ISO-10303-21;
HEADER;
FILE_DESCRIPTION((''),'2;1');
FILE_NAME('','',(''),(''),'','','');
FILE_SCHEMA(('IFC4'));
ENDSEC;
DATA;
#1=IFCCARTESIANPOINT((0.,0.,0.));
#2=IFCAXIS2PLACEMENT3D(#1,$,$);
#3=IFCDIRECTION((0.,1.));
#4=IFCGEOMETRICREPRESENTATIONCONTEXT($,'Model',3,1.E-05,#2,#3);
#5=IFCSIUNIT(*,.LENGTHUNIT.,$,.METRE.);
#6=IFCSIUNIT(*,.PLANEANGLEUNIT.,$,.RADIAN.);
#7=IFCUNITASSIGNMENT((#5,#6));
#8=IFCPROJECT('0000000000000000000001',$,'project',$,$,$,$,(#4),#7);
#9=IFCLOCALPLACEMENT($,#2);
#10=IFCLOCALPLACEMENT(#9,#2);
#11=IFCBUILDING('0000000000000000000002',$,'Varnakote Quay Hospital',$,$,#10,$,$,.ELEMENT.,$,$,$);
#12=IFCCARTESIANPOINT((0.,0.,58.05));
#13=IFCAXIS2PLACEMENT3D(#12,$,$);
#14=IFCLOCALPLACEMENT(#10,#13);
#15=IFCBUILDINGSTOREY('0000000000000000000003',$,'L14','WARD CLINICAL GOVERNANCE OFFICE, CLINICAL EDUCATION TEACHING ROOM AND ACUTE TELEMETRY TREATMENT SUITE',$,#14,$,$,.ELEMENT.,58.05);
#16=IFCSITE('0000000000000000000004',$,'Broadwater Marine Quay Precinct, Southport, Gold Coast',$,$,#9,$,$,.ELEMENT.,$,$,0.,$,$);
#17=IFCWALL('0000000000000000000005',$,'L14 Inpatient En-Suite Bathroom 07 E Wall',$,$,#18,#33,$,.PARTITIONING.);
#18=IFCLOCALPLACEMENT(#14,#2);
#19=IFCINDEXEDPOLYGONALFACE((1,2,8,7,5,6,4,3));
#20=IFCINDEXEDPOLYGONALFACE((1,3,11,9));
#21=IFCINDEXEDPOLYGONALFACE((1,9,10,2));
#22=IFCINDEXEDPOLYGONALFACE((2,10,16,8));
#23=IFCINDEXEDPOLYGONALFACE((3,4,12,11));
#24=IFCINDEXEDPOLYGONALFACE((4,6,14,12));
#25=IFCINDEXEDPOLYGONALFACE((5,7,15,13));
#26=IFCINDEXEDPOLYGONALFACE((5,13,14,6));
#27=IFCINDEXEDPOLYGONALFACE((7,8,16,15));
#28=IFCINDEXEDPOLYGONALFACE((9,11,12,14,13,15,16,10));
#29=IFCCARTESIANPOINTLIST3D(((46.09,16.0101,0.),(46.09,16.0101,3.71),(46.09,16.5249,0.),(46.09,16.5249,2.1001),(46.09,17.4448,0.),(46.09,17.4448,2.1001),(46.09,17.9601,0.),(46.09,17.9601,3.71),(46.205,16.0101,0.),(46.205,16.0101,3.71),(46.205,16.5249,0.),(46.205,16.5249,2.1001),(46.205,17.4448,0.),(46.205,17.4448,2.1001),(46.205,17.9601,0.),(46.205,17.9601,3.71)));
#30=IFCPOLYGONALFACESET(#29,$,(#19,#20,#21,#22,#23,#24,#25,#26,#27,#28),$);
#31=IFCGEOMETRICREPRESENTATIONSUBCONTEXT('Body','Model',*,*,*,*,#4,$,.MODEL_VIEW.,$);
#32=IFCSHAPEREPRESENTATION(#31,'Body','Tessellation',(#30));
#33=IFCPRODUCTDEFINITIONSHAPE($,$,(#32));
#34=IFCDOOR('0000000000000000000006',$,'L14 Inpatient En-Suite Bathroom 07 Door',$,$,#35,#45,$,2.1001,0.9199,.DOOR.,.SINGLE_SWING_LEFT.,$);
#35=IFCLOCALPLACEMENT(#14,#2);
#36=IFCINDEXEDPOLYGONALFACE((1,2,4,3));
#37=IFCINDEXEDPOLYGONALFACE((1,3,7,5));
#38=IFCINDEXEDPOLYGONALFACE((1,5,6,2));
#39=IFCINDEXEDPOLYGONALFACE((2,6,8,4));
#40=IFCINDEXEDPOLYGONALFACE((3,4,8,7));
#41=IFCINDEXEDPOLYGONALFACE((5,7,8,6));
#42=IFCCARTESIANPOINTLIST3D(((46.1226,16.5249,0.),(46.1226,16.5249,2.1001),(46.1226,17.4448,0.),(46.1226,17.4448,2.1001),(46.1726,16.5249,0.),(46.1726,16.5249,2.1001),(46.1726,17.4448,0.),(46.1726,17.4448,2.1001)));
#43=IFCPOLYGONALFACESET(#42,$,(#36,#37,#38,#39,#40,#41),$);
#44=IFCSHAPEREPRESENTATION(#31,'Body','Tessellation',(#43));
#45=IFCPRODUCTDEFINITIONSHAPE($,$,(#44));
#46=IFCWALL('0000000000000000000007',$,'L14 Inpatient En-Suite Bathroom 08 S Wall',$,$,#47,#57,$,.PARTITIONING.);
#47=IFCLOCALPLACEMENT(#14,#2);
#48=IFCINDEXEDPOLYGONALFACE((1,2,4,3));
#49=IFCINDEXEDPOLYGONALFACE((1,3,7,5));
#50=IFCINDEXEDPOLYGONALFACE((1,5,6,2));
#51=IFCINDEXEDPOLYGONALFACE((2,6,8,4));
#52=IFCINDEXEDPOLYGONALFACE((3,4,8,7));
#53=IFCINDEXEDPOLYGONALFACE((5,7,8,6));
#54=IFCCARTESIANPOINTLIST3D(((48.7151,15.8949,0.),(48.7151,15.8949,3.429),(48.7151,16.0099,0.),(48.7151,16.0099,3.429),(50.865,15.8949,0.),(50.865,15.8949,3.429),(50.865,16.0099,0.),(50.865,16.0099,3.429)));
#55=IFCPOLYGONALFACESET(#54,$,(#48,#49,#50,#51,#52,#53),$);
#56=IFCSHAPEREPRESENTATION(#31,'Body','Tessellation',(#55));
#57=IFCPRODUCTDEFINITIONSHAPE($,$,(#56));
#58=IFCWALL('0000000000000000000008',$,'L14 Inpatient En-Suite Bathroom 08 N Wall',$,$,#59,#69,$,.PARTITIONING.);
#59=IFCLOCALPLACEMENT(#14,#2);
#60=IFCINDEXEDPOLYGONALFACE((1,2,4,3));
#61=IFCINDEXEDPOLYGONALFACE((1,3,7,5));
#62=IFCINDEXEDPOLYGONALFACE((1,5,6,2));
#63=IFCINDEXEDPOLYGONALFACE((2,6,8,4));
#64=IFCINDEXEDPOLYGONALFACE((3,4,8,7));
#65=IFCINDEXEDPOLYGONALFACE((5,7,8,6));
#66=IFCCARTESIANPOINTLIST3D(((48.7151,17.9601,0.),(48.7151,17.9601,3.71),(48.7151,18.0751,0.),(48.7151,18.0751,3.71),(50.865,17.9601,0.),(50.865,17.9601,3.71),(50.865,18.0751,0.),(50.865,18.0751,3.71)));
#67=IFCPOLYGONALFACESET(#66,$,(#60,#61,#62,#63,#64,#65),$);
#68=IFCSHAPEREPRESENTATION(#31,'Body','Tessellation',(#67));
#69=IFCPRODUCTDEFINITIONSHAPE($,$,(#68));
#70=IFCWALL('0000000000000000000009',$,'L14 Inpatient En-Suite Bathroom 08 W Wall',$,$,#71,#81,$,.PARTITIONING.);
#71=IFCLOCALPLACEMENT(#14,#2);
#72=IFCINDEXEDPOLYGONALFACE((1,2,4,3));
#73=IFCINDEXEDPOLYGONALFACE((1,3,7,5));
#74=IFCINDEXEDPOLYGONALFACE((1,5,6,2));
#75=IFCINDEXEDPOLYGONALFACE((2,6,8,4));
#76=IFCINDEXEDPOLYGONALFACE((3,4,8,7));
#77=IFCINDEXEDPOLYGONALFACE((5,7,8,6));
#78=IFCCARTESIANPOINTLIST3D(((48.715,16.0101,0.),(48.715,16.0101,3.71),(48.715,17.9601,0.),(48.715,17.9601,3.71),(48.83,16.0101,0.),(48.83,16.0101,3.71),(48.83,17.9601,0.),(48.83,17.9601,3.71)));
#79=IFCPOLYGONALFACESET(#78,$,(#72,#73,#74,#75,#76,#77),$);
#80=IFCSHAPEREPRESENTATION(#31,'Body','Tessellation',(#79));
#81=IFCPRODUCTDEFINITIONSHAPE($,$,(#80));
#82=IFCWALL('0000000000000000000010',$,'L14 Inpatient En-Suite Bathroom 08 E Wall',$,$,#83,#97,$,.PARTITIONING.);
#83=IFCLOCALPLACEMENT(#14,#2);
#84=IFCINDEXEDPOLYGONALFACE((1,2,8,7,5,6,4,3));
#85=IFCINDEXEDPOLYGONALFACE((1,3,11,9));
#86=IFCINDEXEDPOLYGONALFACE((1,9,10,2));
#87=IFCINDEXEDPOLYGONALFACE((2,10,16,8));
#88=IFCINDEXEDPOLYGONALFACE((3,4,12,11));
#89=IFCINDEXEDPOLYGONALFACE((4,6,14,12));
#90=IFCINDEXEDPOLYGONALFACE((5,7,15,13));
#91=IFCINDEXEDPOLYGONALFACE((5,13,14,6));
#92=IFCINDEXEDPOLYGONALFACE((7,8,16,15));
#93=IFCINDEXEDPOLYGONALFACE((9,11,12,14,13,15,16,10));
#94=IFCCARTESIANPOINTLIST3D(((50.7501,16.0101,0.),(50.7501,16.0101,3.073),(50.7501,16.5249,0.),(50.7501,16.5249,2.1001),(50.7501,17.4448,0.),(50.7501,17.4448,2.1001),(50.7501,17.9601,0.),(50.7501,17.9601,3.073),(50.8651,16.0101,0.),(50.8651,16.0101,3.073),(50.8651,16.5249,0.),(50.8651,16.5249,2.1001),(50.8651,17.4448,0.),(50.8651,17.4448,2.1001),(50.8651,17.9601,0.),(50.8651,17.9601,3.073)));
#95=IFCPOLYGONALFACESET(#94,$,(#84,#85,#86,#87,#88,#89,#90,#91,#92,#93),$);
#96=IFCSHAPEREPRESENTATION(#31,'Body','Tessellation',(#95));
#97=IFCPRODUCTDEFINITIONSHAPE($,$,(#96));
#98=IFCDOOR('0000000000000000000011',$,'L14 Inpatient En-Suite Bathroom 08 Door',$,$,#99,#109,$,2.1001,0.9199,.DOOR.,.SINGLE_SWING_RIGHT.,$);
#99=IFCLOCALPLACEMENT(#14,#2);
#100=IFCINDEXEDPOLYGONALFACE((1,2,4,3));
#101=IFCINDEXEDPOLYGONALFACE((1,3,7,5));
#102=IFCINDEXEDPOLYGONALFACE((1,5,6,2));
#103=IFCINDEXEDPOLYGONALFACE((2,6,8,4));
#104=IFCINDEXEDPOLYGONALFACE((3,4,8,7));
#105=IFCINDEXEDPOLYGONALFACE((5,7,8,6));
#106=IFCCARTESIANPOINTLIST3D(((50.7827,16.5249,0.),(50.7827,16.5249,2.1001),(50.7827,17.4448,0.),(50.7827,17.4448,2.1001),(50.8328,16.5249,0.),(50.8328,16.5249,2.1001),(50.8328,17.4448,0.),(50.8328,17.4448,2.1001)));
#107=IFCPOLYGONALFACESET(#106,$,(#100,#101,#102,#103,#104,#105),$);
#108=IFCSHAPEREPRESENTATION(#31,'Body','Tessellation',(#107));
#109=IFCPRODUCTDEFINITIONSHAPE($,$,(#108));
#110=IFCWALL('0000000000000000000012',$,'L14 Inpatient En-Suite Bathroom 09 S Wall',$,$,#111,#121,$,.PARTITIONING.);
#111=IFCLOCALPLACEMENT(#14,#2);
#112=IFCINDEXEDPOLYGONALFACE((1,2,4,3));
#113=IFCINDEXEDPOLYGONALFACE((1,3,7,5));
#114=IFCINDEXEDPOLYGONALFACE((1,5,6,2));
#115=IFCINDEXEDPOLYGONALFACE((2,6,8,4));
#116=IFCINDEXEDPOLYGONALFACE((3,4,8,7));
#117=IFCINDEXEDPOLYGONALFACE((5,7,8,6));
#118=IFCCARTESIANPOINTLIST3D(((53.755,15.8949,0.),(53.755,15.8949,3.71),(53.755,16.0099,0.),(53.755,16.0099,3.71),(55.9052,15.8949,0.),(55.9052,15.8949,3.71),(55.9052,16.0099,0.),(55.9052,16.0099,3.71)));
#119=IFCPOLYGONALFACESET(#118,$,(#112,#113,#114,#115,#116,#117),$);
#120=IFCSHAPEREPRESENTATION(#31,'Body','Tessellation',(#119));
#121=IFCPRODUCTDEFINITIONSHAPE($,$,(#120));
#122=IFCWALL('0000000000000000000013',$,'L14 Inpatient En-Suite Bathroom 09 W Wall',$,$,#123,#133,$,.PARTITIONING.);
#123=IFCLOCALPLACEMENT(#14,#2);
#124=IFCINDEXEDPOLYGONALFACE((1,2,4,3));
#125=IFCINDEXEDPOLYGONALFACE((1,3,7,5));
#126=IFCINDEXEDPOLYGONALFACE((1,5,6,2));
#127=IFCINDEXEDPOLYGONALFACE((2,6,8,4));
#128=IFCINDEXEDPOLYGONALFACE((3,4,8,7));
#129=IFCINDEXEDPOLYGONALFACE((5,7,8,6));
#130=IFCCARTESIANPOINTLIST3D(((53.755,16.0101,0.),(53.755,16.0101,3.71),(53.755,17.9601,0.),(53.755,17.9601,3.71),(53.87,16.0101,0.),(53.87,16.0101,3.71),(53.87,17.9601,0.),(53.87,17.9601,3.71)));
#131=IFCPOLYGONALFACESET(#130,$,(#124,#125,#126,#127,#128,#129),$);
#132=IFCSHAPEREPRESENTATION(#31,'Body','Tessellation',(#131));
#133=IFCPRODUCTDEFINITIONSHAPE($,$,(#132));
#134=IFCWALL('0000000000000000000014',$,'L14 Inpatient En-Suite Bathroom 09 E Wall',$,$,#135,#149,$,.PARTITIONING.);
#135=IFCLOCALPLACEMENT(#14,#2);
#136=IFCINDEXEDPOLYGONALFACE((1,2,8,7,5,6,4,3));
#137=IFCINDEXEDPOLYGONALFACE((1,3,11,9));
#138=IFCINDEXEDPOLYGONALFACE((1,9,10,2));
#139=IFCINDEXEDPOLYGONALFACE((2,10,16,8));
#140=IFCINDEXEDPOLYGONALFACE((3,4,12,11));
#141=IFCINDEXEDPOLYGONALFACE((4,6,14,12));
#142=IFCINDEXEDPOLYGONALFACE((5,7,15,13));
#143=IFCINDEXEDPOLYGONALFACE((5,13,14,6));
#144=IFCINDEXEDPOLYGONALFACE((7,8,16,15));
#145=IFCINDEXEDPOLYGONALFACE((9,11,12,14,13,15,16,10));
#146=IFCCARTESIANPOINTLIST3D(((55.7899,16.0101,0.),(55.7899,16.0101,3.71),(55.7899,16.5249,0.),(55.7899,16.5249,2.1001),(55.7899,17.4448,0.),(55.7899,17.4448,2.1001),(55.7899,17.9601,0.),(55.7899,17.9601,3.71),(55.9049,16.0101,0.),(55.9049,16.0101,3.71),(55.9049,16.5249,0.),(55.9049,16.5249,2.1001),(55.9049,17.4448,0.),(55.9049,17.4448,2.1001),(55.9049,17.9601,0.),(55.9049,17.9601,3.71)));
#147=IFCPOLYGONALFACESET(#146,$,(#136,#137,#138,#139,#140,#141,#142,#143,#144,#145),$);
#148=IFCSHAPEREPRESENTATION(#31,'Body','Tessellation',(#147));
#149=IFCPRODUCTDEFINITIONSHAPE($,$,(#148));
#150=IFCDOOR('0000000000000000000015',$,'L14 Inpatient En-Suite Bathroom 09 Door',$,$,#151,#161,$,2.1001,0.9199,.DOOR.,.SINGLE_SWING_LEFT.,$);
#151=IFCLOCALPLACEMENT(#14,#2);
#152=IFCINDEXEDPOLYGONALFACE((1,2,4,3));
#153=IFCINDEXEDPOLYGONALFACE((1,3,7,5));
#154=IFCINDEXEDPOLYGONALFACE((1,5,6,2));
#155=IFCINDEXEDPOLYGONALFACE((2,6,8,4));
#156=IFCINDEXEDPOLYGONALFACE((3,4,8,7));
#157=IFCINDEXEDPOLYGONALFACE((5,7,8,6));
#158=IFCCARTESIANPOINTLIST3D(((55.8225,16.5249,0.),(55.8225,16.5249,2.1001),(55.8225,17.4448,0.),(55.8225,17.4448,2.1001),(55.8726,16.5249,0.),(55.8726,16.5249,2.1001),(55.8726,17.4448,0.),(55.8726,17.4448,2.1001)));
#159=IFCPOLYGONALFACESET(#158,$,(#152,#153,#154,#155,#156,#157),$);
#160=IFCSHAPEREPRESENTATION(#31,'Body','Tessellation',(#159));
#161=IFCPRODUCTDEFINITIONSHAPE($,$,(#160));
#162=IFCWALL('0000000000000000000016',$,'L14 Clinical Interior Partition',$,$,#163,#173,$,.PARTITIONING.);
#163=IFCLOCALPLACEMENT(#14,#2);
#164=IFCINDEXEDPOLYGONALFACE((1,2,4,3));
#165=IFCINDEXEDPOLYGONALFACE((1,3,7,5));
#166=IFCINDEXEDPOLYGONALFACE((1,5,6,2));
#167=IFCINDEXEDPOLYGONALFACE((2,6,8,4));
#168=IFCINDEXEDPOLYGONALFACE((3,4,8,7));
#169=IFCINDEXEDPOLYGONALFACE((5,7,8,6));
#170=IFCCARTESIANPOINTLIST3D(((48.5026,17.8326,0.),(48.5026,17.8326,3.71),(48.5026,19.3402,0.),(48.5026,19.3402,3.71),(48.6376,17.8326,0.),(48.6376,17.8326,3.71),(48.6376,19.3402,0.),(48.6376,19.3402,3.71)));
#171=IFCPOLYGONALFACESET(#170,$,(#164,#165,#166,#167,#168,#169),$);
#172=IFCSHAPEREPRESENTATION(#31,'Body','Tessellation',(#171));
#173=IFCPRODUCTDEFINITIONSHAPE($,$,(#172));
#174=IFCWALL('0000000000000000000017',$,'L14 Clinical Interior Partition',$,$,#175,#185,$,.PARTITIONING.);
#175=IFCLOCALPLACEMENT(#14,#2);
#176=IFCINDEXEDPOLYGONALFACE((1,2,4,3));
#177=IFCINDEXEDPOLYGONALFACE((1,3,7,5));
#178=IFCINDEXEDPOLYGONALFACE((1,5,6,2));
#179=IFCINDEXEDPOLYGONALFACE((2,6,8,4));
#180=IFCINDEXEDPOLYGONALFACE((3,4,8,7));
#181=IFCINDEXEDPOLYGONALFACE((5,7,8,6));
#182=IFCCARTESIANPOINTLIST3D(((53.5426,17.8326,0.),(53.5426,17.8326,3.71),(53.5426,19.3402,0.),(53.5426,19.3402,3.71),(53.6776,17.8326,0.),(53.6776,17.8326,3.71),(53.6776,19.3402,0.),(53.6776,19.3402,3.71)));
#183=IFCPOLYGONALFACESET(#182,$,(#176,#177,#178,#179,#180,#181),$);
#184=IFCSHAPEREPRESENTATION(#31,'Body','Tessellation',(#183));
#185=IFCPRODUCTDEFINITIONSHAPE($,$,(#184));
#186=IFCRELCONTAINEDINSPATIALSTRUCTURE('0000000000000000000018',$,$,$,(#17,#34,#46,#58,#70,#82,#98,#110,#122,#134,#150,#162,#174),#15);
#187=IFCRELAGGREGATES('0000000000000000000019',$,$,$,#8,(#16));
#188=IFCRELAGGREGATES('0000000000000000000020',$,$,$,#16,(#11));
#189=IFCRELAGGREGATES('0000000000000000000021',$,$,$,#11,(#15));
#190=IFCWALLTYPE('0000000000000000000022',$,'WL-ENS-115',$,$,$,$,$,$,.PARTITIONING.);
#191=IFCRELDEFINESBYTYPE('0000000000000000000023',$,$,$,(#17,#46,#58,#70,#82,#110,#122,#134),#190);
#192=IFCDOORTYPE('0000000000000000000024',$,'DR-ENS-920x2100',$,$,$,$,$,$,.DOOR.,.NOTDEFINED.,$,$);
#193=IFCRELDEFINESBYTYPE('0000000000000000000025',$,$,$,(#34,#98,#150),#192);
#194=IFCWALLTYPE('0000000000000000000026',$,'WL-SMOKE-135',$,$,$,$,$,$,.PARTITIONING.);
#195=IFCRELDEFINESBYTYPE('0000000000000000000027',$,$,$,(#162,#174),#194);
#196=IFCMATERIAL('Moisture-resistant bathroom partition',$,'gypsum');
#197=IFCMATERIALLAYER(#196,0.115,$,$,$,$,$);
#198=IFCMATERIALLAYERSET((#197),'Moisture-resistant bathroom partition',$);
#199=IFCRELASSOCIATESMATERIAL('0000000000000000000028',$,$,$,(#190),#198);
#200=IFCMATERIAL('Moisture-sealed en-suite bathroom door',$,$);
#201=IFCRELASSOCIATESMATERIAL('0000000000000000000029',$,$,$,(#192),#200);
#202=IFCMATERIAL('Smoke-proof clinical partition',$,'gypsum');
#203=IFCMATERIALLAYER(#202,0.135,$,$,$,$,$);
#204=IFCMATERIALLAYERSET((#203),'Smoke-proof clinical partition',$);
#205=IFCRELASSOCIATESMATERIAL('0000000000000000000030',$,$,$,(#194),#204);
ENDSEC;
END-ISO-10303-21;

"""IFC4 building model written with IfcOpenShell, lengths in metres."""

from ifc_helpers import new_model, si_unit, direction, frame, frame_2d, origin, place, context, subcontext, project, spatial, rectangle, extrude, material, layer, layer_set, type_object, element, fill, save


model = new_model("IFC4")

# Units and contexts
model_context = context("Model", 3, precision=1e-05, world=origin(), true_north=direction((0.0, 1.0)))
body_context = subcontext(model_context, "Body", "Model", "MODEL_VIEW")
ifc_project = project(units=[si_unit("LENGTHUNIT", "METRE"), si_unit("PLANEANGLEUNIT", "RADIAN")], contexts=[model_context])

# Site, building, storey
site_placement = place(None, origin())
site = spatial("IfcSite", under=ifc_project, at=site_placement, Name="Broadwater Marine Quay Precinct, Southport, Gold Coast", CompositionType="ELEMENT", RefElevation=0.0)
building_placement = place(site_placement, origin())
building = spatial("IfcBuilding", under=site, at=building_placement, Name="Varnakote Quay Hospital", CompositionType="ELEMENT")
storey_placement = place(building_placement, frame((0.0, 0.0, 58.05)))
storey = spatial("IfcBuildingStorey", under=building, at=storey_placement, Name="L14", Description="WARD CLINICAL GOVERNANCE OFFICE, CLINICAL EDUCATION TEACHING ROOM AND ACUTE TELEMETRY TREATMENT SUITE", CompositionType="ELEMENT", Elevation=58.05)

# Wall, opening, door
ifc_material_1 = material(Name="Moisture-resistant bathroom partition", Category="gypsum")
ifc_layer_1 = layer(ifc_material_1, 0.115)
ifc_layer_set_1 = layer_set([ifc_layer_1], Name="Moisture-resistant bathroom partition")
wall_type_1 = type_object("IfcWallType", Name="WL-ENS-115", PredefinedType="PARTITIONING", material=ifc_layer_set_1)
wall_1_placement = place(storey_placement, frame((46.1475, 16.01, 0.0), z_axis=(0.0, 0.0, 1.0), x_axis=(0.0, 1.0, 0.0)))
wall_1 = element("IfcWall", 1, at=wall_1_placement, inside=storey, type_object=wall_type_1, Name="L14 Inpatient En-Suite Bathroom 07 E Wall", PredefinedType="PARTITIONING", context=body_context, shape_type="SweptSolid", body=[
    extrude(rectangle(XDim=1.95, YDim=0.115, at=frame_2d((0.9751, 0.0))), origin(), (0.0, 0.0, 1.0), 3.71),
])
opening_1_placement = place(wall_1_placement, frame((0.5149, 0.0, 0.0)))
opening_1 = element("IfcOpeningElement", 2, at=opening_1_placement, cuts=wall_1, PredefinedType="OPENING", context=body_context, shape_type="SweptSolid", body=[
    extrude(rectangle(XDim=0.9199, YDim=2.1001, at=frame_2d((0.46, 1.05))), frame((0.0, 0.0674, 0.0), z_axis=(0.0, -1.0, 0.0), x_axis=(1.0, 0.0, 0.0)), (0.0, 0.0, 1.0), 0.135),
])
ifc_material_2 = material(Name="Moisture-sealed en-suite bathroom door")
door_type_1 = type_object("IfcDoorType", Name="DR-ENS-920x2100", OperationType="NOTDEFINED", PredefinedType="DOOR", material=ifc_material_2)
door_1_placement = place(opening_1_placement, origin())
door_1 = element("IfcDoor", 3, at=door_1_placement, inside=storey, type_object=door_type_1, Name="L14 Inpatient En-Suite Bathroom 07 Door", OperationType="SINGLE_SWING_LEFT", OverallHeight=2.1001, OverallWidth=0.9199, PredefinedType="DOOR", context=body_context, shape_type="SweptSolid", body=[
    extrude(rectangle(XDim=0.9199, YDim=2.1001, at=frame_2d((0.46, 1.05))), frame((0.0, 0.0249, 0.0), z_axis=(0.0, -1.0, 0.0), x_axis=(1.0, 0.0, 0.0)), (0.0, 0.0, 1.0), 0.05),
])
fill(opening_1, door_1)

# Walls
wall_2_placement = place(storey_placement, frame((48.7151, 15.9524, 0.0), z_axis=(0.0, 0.0, 1.0), x_axis=(1.0, 0.0, 0.0)))
element("IfcWall", 4, at=wall_2_placement, inside=storey, type_object=wall_type_1, Name="L14 Inpatient En-Suite Bathroom 08 S Wall", PredefinedType="PARTITIONING", context=body_context, shape_type="SweptSolid", body=[
    extrude(rectangle(XDim=2.1499, YDim=0.115, at=frame_2d((1.075, 0.0))), origin(), (0.0, 0.0, 1.0), 3.429),
])
wall_3_placement = place(storey_placement, frame((48.7151, 18.0176, 0.0), z_axis=(0.0, 0.0, 1.0), x_axis=(1.0, 0.0, 0.0)))
element("IfcWall", 5, at=wall_3_placement, inside=storey, type_object=wall_type_1, Name="L14 Inpatient En-Suite Bathroom 08 N Wall", PredefinedType="PARTITIONING", context=body_context, shape_type="SweptSolid", body=[
    extrude(rectangle(XDim=2.1499, YDim=0.115, at=frame_2d((1.075, 0.0))), origin(), (0.0, 0.0, 1.0), 3.71),
])
wall_4_placement = place(storey_placement, frame((48.7725, 16.01, 0.0), z_axis=(0.0, 0.0, 1.0), x_axis=(0.0, 1.0, 0.0)))
element("IfcWall", 6, at=wall_4_placement, inside=storey, type_object=wall_type_1, Name="L14 Inpatient En-Suite Bathroom 08 W Wall", PredefinedType="PARTITIONING", context=body_context, shape_type="SweptSolid", body=[
    extrude(rectangle(XDim=1.95, YDim=0.115, at=frame_2d((0.9751, 0.0))), origin(), (0.0, 0.0, 1.0), 3.71),
])

# Wall, opening, door
wall_5_placement = place(storey_placement, frame((50.8076, 16.01, 0.0), z_axis=(0.0, 0.0, 1.0), x_axis=(0.0, 1.0, 0.0)))
wall_5 = element("IfcWall", 7, at=wall_5_placement, inside=storey, type_object=wall_type_1, Name="L14 Inpatient En-Suite Bathroom 08 E Wall", PredefinedType="PARTITIONING", context=body_context, shape_type="SweptSolid", body=[
    extrude(rectangle(XDim=1.95, YDim=0.115, at=frame_2d((0.9751, 0.0))), origin(), (0.0, 0.0, 1.0), 3.073),
])
opening_2_placement = place(wall_5_placement, frame((0.5149, 0.0, 0.0)))
opening_2 = element("IfcOpeningElement", 8, at=opening_2_placement, cuts=wall_5, PredefinedType="OPENING", context=body_context, shape_type="SweptSolid", body=[
    extrude(rectangle(XDim=0.9199, YDim=2.1001, at=frame_2d((0.46, 1.05))), frame((0.0, 0.0674, 0.0), z_axis=(0.0, -1.0, 0.0), x_axis=(1.0, 0.0, 0.0)), (0.0, 0.0, 1.0), 0.135),
])
door_2_placement = place(opening_2_placement, origin())
door_2 = element("IfcDoor", 9, at=door_2_placement, inside=storey, type_object=door_type_1, Name="L14 Inpatient En-Suite Bathroom 08 Door", OperationType="SINGLE_SWING_RIGHT", OverallHeight=2.1001, OverallWidth=0.9199, PredefinedType="DOOR", context=body_context, shape_type="SweptSolid", body=[
    extrude(rectangle(XDim=0.9199, YDim=2.1001, at=frame_2d((0.46, 1.05))), frame((0.0, 0.0249, 0.0), z_axis=(0.0, -1.0, 0.0), x_axis=(1.0, 0.0, 0.0)), (0.0, 0.0, 1.0), 0.05),
])
fill(opening_2, door_2)

# Walls
wall_6_placement = place(storey_placement, frame((53.7549, 15.9524, 0.0), z_axis=(0.0, 0.0, 1.0), x_axis=(1.0, 0.0, 0.0)))
element("IfcWall", 10, at=wall_6_placement, inside=storey, type_object=wall_type_1, Name="L14 Inpatient En-Suite Bathroom 09 S Wall", PredefinedType="PARTITIONING", context=body_context, shape_type="SweptSolid", body=[
    extrude(rectangle(XDim=2.1501, YDim=0.115, at=frame_2d((1.0752, 0.0))), origin(), (0.0, 0.0, 1.0), 3.71),
])
wall_7_placement = place(storey_placement, frame((53.8125, 16.01, 0.0), z_axis=(0.0, 0.0, 1.0), x_axis=(0.0, 1.0, 0.0)))
element("IfcWall", 11, at=wall_7_placement, inside=storey, type_object=wall_type_1, Name="L14 Inpatient En-Suite Bathroom 09 W Wall", PredefinedType="PARTITIONING", context=body_context, shape_type="SweptSolid", body=[
    extrude(rectangle(XDim=1.95, YDim=0.115, at=frame_2d((0.9751, 0.0))), origin(), (0.0, 0.0, 1.0), 3.71),
])

# Wall, opening, door
wall_8_placement = place(storey_placement, frame((55.8474, 16.01, 0.0), z_axis=(0.0, 0.0, 1.0), x_axis=(0.0, 1.0, 0.0)))
wall_8 = element("IfcWall", 12, at=wall_8_placement, inside=storey, type_object=wall_type_1, Name="L14 Inpatient En-Suite Bathroom 09 E Wall", PredefinedType="PARTITIONING", context=body_context, shape_type="SweptSolid", body=[
    extrude(rectangle(XDim=1.95, YDim=0.115, at=frame_2d((0.9751, 0.0))), origin(), (0.0, 0.0, 1.0), 3.71),
])
opening_3_placement = place(wall_8_placement, frame((0.5149, 0.0, 0.0)))
opening_3 = element("IfcOpeningElement", 13, at=opening_3_placement, cuts=wall_8, PredefinedType="OPENING", context=body_context, shape_type="SweptSolid", body=[
    extrude(rectangle(XDim=0.9199, YDim=2.1001, at=frame_2d((0.46, 1.05))), frame((0.0, 0.0674, 0.0), z_axis=(0.0, -1.0, 0.0), x_axis=(1.0, 0.0, 0.0)), (0.0, 0.0, 1.0), 0.135),
])
door_3_placement = place(opening_3_placement, origin())
door_3 = element("IfcDoor", 14, at=door_3_placement, inside=storey, type_object=door_type_1, Name="L14 Inpatient En-Suite Bathroom 09 Door", OperationType="SINGLE_SWING_LEFT", OverallHeight=2.1001, OverallWidth=0.9199, PredefinedType="DOOR", context=body_context, shape_type="SweptSolid", body=[
    extrude(rectangle(XDim=0.9199, YDim=2.1001, at=frame_2d((0.46, 1.05))), frame((0.0, 0.0249, 0.0), z_axis=(0.0, -1.0, 0.0), x_axis=(1.0, 0.0, 0.0)), (0.0, 0.0, 1.0), 0.05),
])
fill(opening_3, door_3)

# Walls
ifc_material_3 = material(Name="Smoke-proof clinical partition", Category="gypsum")
ifc_layer_2 = layer(ifc_material_3, 0.135)
ifc_layer_set_2 = layer_set([ifc_layer_2], Name="Smoke-proof clinical partition")
wall_type_2 = type_object("IfcWallType", Name="WL-SMOKE-135", PredefinedType="PARTITIONING", material=ifc_layer_set_2)
for number, where, z_axis, x_axis, name in (
    (15, (48.5701, 17.8325, 0.0), (0.0, 0.0, 1.0), (0.0, 1.0, 0.0), "L14 Clinical Interior Partition"),
    (16, (53.6101, 17.8325, 0.0), (0.0, 0.0, 1.0), (0.0, 1.0, 0.0), "L14 Clinical Interior Partition"),
):
    element("IfcWall", number, at=place(storey_placement, frame(where, z_axis=z_axis, x_axis=x_axis)), inside=storey, type_object=wall_type_2, Name=name, PredefinedType="PARTITIONING", context=body_context, shape_type="SweptSolid", body=[
        extrude(rectangle(XDim=1.5076, YDim=0.135, at=frame_2d((0.7539, 0.0))), origin(), (0.0, 0.0, 1.0), 3.71),
    ])

save(model, "model.ifc")
